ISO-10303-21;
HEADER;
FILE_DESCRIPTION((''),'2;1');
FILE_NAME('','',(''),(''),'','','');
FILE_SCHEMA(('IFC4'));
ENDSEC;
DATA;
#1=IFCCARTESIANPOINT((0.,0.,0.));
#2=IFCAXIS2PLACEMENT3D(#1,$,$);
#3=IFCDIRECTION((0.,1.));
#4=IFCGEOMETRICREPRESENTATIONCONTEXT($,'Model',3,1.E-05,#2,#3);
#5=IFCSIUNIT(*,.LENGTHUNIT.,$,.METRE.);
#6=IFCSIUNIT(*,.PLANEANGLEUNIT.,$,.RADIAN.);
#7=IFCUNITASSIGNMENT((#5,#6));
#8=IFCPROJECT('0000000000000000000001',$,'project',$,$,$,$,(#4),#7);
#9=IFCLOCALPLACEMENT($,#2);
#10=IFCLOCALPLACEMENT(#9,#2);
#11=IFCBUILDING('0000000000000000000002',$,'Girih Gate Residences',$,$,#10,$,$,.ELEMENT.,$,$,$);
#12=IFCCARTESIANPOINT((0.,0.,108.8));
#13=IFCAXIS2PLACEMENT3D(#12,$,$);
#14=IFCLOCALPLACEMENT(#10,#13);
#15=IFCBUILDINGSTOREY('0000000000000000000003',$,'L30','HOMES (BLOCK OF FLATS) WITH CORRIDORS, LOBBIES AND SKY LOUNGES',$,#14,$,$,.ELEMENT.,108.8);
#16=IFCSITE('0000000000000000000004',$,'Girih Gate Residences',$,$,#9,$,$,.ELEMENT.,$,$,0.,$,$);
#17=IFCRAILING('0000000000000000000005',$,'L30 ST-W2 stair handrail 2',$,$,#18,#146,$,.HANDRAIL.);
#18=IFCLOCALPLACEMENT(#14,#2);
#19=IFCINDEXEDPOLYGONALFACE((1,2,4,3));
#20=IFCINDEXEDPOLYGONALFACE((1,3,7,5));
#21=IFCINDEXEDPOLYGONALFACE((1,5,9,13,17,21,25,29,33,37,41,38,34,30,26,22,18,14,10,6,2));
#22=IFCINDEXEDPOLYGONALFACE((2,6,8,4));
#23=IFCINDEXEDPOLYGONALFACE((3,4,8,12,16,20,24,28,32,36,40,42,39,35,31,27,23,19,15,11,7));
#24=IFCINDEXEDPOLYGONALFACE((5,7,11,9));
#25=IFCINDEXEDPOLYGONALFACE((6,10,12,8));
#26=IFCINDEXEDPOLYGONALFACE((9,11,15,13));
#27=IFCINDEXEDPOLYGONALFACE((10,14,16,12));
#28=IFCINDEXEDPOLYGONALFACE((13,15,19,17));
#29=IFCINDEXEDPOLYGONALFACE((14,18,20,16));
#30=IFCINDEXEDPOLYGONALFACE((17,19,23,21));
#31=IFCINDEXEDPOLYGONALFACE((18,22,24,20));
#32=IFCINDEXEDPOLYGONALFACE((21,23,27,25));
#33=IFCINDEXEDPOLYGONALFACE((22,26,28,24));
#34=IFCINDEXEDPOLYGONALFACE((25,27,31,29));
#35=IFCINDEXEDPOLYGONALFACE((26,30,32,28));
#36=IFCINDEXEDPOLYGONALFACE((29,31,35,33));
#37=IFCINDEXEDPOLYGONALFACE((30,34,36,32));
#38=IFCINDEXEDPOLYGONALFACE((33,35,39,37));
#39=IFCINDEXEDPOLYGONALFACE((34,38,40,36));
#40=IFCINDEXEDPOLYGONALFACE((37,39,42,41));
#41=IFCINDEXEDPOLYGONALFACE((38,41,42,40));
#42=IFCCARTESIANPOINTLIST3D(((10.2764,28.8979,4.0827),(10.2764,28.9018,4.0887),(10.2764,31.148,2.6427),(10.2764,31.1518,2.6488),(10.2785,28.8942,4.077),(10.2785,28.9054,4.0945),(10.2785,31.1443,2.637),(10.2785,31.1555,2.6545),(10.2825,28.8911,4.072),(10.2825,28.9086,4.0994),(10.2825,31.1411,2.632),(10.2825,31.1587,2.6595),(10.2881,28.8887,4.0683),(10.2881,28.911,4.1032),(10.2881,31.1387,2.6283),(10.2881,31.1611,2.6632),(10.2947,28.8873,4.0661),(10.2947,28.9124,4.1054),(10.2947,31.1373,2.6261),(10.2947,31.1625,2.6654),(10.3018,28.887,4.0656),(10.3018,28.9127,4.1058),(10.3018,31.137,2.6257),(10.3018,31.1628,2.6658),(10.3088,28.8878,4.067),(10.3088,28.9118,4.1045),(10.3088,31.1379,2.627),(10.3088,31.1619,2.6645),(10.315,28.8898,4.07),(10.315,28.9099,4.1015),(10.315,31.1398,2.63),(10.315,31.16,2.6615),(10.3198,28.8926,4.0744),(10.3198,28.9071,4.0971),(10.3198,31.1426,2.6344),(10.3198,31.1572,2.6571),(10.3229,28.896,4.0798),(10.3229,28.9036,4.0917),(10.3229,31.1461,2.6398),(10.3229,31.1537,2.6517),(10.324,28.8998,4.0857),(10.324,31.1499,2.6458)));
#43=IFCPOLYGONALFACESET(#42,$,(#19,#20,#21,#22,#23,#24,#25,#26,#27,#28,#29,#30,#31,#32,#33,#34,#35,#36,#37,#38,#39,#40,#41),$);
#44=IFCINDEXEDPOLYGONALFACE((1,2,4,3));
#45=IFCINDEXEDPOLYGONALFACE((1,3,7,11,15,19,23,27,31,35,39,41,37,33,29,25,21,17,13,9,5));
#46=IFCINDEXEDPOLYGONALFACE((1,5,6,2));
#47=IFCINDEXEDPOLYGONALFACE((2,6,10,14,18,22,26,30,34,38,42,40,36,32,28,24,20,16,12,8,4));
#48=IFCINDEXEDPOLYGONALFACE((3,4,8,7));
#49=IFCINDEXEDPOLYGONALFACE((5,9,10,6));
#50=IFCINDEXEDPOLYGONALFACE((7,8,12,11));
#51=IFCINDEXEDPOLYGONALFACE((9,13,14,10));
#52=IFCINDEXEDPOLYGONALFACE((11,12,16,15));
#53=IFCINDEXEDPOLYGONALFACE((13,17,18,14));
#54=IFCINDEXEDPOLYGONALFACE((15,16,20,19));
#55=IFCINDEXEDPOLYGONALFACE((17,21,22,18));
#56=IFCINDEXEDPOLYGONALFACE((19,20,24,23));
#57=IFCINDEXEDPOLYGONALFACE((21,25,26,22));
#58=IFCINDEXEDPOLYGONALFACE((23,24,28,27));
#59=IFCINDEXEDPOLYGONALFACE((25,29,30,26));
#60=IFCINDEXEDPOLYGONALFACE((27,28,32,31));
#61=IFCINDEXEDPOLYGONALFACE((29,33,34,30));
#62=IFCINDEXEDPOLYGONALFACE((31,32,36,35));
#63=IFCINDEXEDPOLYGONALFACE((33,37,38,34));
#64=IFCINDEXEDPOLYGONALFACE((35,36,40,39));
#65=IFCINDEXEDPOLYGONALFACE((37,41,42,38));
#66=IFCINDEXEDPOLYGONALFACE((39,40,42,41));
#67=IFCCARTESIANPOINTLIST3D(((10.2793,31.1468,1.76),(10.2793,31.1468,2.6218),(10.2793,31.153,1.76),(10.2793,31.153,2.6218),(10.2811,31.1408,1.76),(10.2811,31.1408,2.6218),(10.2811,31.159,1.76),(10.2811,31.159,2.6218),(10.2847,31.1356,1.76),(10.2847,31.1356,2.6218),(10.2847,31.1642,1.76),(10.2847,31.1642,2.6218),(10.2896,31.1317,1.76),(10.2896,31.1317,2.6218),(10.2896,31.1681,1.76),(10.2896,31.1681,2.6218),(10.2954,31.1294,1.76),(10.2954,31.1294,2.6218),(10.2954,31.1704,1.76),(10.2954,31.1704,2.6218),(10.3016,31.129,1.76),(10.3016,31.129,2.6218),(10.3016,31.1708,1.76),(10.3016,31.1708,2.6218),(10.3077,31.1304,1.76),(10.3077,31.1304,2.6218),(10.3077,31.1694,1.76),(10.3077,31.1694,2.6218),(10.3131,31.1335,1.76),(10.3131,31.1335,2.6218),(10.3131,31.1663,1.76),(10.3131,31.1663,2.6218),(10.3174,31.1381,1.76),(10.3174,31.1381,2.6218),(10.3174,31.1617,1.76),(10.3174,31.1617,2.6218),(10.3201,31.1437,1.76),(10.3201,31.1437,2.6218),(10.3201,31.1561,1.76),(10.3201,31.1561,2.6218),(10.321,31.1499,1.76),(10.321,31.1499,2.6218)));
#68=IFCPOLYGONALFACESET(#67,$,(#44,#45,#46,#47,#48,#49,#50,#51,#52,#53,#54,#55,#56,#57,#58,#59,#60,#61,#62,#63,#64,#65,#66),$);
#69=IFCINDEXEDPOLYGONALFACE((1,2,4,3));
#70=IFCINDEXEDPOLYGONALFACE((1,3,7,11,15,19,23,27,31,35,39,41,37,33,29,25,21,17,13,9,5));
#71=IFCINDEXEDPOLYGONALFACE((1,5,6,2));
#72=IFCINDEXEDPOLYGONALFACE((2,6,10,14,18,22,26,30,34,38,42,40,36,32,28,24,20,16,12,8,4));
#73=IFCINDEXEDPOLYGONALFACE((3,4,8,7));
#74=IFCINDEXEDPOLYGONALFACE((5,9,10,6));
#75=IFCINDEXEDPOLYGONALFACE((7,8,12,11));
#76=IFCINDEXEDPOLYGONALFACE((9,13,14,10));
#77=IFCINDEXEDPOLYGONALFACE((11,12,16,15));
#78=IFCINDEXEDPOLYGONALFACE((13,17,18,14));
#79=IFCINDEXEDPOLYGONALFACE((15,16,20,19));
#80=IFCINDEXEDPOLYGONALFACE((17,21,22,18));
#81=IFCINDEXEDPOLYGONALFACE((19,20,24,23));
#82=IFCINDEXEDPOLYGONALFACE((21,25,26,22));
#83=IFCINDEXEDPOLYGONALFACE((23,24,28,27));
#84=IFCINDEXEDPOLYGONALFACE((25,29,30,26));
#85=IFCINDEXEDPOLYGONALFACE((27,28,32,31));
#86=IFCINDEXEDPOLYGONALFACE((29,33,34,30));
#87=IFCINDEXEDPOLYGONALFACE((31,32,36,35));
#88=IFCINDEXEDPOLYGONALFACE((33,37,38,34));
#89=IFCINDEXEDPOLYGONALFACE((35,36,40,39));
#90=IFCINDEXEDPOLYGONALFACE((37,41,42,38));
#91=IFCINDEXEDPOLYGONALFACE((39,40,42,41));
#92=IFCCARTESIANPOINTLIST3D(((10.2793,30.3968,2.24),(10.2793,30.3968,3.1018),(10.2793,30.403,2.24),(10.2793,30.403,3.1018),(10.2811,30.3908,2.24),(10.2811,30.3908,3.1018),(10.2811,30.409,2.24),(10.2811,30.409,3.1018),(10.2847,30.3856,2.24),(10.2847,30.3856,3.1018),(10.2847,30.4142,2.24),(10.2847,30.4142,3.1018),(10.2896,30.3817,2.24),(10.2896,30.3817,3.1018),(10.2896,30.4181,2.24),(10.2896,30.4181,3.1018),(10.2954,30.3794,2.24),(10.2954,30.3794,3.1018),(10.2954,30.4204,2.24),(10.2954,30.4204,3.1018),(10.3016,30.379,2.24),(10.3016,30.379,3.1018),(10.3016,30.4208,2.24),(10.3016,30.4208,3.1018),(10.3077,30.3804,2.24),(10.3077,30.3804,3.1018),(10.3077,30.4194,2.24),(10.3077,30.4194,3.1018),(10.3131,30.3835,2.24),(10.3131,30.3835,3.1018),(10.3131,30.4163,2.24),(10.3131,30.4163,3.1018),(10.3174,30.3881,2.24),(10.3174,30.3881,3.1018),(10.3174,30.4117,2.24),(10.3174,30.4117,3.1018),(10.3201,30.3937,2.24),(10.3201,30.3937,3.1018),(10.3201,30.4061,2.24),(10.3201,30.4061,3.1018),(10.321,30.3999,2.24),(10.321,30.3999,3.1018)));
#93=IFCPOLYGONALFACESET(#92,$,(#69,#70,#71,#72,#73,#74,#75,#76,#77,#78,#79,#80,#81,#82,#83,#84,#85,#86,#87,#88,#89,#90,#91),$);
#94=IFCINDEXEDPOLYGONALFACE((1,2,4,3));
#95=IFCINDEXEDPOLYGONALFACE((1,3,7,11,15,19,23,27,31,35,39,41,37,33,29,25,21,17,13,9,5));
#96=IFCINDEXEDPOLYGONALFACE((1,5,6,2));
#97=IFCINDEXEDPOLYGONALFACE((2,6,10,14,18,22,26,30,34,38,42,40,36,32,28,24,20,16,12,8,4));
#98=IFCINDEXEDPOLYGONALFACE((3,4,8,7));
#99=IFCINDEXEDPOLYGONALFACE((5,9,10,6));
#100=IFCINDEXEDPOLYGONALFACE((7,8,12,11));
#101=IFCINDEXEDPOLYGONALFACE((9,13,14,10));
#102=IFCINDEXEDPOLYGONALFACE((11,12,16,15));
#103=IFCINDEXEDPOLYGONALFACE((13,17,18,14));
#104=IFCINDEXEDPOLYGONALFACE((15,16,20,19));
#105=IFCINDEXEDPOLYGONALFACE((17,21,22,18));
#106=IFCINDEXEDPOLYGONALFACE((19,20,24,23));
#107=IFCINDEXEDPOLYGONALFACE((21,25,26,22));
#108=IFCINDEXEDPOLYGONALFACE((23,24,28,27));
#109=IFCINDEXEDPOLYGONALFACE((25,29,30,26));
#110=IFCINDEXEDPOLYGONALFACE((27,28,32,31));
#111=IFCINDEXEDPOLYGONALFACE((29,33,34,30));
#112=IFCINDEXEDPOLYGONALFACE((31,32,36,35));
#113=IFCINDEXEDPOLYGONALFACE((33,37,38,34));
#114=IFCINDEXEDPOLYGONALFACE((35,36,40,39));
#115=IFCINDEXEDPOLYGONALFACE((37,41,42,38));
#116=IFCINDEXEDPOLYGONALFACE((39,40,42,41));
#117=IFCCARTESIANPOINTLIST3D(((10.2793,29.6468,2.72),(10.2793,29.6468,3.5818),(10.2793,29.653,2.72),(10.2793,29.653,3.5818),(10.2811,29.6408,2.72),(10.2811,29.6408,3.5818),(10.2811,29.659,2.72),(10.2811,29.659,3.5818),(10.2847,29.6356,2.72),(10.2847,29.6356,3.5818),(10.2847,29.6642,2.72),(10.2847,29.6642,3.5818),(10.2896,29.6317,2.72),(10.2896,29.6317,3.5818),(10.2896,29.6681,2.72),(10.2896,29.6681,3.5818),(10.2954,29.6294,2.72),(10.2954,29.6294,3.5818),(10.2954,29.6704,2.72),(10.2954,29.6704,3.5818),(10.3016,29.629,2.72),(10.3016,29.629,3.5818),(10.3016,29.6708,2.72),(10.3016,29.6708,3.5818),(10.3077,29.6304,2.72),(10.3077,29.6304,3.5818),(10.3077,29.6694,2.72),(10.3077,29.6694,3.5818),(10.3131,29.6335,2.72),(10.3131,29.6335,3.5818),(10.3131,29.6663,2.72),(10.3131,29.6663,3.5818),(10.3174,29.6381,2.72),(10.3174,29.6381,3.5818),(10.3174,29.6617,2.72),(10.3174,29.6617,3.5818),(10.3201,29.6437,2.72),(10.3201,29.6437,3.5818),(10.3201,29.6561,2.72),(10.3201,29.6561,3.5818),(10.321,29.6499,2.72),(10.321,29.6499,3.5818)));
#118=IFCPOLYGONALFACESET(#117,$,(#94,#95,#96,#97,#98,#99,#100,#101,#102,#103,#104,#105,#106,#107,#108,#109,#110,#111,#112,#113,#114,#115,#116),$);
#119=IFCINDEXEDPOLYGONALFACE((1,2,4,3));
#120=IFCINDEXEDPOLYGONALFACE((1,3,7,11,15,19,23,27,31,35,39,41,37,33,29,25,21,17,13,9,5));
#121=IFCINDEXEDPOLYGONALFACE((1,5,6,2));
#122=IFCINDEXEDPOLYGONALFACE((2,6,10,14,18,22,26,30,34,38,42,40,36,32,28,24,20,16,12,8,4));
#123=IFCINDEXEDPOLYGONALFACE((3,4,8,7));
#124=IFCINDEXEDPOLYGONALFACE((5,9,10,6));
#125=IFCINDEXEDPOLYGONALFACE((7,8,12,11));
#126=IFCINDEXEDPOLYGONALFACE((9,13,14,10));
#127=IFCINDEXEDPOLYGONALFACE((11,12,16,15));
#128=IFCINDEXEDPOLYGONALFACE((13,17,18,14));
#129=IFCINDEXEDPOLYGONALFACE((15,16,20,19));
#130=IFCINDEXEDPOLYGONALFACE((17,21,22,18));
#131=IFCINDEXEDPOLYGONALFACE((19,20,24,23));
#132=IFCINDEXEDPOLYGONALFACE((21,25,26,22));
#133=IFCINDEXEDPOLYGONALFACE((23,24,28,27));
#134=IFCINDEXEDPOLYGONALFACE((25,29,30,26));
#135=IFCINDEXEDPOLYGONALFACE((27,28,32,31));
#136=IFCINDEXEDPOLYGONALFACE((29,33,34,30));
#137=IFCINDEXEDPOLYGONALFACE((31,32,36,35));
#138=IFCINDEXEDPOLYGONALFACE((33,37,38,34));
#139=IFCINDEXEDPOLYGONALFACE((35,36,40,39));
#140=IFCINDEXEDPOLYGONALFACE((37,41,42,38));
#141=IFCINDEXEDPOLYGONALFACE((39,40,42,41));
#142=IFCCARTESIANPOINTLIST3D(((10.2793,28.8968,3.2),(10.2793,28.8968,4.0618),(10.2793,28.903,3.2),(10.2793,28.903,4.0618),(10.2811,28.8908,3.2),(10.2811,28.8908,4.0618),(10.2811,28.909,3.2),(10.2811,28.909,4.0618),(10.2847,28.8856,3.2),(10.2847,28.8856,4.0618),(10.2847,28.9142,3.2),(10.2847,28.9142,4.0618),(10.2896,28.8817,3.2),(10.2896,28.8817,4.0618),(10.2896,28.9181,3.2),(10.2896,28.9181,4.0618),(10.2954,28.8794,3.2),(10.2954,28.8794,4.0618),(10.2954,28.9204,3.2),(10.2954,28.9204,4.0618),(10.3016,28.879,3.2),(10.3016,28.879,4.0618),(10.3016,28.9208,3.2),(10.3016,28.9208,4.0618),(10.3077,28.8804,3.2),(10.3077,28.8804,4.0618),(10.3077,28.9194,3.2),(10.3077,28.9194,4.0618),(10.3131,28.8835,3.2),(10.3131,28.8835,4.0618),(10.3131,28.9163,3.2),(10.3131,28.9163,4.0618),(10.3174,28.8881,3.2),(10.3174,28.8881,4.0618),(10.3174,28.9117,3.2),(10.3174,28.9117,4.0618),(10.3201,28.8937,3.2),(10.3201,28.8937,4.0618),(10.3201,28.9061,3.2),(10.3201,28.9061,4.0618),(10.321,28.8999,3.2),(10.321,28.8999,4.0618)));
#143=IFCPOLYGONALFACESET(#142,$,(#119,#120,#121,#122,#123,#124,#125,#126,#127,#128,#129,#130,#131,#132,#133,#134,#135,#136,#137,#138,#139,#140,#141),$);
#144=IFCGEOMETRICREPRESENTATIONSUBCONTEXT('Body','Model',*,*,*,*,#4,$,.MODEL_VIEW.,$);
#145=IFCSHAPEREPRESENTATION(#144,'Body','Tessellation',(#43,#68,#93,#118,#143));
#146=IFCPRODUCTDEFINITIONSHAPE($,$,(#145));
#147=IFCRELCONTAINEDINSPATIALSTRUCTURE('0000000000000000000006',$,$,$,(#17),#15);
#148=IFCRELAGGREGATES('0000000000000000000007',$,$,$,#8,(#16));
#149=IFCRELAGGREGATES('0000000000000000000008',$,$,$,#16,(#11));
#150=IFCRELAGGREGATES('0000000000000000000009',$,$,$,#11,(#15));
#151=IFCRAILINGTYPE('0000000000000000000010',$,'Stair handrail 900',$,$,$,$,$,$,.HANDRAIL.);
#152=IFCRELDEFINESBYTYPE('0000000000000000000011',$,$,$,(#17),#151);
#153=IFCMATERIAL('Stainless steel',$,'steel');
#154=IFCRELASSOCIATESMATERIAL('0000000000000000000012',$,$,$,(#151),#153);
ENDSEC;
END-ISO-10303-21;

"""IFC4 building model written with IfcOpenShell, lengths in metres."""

from ifc_helpers import new_model, si_unit, direction, frame, origin, origin_2d, place, context, subcontext, project, spatial, circle, extrude, material, type_object, element, save


model = new_model("IFC4")

# Units and contexts
model_context = context("Model", 3, precision=1e-05, world=origin(), true_north=direction((0.0, 1.0)))
body_context = subcontext(model_context, "Body", "Model", "MODEL_VIEW")
ifc_project = project(units=[si_unit("LENGTHUNIT", "METRE"), si_unit("PLANEANGLEUNIT", "RADIAN")], contexts=[model_context])

# Site, building, storey
site_placement = place(None, origin())
site = spatial("IfcSite", under=ifc_project, at=site_placement, Name="Girih Gate Residences", CompositionType="ELEMENT", RefElevation=0.0)
building_placement = place(site_placement, origin())
building = spatial("IfcBuilding", under=site, at=building_placement, Name="Girih Gate Residences", CompositionType="ELEMENT")
storey_placement = place(building_placement, frame((0.0, 0.0, 108.8)))
storey = spatial("IfcBuildingStorey", under=building, at=storey_placement, Name="L30", Description="HOMES (BLOCK OF FLATS) WITH CORRIDORS, LOBBIES AND SKY LOUNGES", CompositionType="ELEMENT", Elevation=108.8)

# Railing
ifc_material_1 = material(Name="Stainless steel", Category="steel")
railing_type_1 = type_object("IfcRailingType", Name="Stair handrail 900", PredefinedType="HANDRAIL", material=ifc_material_1)
railing_1_placement = place(storey_placement, frame((10.3, 31.1499, 1.76)))
element("IfcRailing", 1, at=railing_1_placement, inside=storey, type_object=railing_type_1, Name="L30 ST-W2 stair handrail 2", PredefinedType="HANDRAIL", context=body_context, shape_type="SweptSolid", body=[
    extrude(circle(Radius=0.0239, at=origin_2d()), frame((0.0, 0.0, 0.8857), z_axis=(0.0, -0.842281, 0.539038), x_axis=(1.0, 0.0, 0.0)), (0.0, 0.0, 1.0), 2.6714),
    extrude(circle(Radius=0.021, at=origin_2d()), origin(), (0.0, 0.0, 1.0), 0.8618),
    extrude(circle(Radius=0.021, at=origin_2d()), frame((0.0, -0.75, 0.48)), (0.0, 0.0, 1.0), 0.8618),
    extrude(circle(Radius=0.021, at=origin_2d()), frame((0.0, -1.5, 0.96)), (0.0, 0.0, 1.0), 0.8618),
    extrude(circle(Radius=0.021, at=origin_2d()), frame((0.0, -2.25, 1.4399)), (0.0, 0.0, 1.0), 0.8618),
])

save(model, "model.ifc")
